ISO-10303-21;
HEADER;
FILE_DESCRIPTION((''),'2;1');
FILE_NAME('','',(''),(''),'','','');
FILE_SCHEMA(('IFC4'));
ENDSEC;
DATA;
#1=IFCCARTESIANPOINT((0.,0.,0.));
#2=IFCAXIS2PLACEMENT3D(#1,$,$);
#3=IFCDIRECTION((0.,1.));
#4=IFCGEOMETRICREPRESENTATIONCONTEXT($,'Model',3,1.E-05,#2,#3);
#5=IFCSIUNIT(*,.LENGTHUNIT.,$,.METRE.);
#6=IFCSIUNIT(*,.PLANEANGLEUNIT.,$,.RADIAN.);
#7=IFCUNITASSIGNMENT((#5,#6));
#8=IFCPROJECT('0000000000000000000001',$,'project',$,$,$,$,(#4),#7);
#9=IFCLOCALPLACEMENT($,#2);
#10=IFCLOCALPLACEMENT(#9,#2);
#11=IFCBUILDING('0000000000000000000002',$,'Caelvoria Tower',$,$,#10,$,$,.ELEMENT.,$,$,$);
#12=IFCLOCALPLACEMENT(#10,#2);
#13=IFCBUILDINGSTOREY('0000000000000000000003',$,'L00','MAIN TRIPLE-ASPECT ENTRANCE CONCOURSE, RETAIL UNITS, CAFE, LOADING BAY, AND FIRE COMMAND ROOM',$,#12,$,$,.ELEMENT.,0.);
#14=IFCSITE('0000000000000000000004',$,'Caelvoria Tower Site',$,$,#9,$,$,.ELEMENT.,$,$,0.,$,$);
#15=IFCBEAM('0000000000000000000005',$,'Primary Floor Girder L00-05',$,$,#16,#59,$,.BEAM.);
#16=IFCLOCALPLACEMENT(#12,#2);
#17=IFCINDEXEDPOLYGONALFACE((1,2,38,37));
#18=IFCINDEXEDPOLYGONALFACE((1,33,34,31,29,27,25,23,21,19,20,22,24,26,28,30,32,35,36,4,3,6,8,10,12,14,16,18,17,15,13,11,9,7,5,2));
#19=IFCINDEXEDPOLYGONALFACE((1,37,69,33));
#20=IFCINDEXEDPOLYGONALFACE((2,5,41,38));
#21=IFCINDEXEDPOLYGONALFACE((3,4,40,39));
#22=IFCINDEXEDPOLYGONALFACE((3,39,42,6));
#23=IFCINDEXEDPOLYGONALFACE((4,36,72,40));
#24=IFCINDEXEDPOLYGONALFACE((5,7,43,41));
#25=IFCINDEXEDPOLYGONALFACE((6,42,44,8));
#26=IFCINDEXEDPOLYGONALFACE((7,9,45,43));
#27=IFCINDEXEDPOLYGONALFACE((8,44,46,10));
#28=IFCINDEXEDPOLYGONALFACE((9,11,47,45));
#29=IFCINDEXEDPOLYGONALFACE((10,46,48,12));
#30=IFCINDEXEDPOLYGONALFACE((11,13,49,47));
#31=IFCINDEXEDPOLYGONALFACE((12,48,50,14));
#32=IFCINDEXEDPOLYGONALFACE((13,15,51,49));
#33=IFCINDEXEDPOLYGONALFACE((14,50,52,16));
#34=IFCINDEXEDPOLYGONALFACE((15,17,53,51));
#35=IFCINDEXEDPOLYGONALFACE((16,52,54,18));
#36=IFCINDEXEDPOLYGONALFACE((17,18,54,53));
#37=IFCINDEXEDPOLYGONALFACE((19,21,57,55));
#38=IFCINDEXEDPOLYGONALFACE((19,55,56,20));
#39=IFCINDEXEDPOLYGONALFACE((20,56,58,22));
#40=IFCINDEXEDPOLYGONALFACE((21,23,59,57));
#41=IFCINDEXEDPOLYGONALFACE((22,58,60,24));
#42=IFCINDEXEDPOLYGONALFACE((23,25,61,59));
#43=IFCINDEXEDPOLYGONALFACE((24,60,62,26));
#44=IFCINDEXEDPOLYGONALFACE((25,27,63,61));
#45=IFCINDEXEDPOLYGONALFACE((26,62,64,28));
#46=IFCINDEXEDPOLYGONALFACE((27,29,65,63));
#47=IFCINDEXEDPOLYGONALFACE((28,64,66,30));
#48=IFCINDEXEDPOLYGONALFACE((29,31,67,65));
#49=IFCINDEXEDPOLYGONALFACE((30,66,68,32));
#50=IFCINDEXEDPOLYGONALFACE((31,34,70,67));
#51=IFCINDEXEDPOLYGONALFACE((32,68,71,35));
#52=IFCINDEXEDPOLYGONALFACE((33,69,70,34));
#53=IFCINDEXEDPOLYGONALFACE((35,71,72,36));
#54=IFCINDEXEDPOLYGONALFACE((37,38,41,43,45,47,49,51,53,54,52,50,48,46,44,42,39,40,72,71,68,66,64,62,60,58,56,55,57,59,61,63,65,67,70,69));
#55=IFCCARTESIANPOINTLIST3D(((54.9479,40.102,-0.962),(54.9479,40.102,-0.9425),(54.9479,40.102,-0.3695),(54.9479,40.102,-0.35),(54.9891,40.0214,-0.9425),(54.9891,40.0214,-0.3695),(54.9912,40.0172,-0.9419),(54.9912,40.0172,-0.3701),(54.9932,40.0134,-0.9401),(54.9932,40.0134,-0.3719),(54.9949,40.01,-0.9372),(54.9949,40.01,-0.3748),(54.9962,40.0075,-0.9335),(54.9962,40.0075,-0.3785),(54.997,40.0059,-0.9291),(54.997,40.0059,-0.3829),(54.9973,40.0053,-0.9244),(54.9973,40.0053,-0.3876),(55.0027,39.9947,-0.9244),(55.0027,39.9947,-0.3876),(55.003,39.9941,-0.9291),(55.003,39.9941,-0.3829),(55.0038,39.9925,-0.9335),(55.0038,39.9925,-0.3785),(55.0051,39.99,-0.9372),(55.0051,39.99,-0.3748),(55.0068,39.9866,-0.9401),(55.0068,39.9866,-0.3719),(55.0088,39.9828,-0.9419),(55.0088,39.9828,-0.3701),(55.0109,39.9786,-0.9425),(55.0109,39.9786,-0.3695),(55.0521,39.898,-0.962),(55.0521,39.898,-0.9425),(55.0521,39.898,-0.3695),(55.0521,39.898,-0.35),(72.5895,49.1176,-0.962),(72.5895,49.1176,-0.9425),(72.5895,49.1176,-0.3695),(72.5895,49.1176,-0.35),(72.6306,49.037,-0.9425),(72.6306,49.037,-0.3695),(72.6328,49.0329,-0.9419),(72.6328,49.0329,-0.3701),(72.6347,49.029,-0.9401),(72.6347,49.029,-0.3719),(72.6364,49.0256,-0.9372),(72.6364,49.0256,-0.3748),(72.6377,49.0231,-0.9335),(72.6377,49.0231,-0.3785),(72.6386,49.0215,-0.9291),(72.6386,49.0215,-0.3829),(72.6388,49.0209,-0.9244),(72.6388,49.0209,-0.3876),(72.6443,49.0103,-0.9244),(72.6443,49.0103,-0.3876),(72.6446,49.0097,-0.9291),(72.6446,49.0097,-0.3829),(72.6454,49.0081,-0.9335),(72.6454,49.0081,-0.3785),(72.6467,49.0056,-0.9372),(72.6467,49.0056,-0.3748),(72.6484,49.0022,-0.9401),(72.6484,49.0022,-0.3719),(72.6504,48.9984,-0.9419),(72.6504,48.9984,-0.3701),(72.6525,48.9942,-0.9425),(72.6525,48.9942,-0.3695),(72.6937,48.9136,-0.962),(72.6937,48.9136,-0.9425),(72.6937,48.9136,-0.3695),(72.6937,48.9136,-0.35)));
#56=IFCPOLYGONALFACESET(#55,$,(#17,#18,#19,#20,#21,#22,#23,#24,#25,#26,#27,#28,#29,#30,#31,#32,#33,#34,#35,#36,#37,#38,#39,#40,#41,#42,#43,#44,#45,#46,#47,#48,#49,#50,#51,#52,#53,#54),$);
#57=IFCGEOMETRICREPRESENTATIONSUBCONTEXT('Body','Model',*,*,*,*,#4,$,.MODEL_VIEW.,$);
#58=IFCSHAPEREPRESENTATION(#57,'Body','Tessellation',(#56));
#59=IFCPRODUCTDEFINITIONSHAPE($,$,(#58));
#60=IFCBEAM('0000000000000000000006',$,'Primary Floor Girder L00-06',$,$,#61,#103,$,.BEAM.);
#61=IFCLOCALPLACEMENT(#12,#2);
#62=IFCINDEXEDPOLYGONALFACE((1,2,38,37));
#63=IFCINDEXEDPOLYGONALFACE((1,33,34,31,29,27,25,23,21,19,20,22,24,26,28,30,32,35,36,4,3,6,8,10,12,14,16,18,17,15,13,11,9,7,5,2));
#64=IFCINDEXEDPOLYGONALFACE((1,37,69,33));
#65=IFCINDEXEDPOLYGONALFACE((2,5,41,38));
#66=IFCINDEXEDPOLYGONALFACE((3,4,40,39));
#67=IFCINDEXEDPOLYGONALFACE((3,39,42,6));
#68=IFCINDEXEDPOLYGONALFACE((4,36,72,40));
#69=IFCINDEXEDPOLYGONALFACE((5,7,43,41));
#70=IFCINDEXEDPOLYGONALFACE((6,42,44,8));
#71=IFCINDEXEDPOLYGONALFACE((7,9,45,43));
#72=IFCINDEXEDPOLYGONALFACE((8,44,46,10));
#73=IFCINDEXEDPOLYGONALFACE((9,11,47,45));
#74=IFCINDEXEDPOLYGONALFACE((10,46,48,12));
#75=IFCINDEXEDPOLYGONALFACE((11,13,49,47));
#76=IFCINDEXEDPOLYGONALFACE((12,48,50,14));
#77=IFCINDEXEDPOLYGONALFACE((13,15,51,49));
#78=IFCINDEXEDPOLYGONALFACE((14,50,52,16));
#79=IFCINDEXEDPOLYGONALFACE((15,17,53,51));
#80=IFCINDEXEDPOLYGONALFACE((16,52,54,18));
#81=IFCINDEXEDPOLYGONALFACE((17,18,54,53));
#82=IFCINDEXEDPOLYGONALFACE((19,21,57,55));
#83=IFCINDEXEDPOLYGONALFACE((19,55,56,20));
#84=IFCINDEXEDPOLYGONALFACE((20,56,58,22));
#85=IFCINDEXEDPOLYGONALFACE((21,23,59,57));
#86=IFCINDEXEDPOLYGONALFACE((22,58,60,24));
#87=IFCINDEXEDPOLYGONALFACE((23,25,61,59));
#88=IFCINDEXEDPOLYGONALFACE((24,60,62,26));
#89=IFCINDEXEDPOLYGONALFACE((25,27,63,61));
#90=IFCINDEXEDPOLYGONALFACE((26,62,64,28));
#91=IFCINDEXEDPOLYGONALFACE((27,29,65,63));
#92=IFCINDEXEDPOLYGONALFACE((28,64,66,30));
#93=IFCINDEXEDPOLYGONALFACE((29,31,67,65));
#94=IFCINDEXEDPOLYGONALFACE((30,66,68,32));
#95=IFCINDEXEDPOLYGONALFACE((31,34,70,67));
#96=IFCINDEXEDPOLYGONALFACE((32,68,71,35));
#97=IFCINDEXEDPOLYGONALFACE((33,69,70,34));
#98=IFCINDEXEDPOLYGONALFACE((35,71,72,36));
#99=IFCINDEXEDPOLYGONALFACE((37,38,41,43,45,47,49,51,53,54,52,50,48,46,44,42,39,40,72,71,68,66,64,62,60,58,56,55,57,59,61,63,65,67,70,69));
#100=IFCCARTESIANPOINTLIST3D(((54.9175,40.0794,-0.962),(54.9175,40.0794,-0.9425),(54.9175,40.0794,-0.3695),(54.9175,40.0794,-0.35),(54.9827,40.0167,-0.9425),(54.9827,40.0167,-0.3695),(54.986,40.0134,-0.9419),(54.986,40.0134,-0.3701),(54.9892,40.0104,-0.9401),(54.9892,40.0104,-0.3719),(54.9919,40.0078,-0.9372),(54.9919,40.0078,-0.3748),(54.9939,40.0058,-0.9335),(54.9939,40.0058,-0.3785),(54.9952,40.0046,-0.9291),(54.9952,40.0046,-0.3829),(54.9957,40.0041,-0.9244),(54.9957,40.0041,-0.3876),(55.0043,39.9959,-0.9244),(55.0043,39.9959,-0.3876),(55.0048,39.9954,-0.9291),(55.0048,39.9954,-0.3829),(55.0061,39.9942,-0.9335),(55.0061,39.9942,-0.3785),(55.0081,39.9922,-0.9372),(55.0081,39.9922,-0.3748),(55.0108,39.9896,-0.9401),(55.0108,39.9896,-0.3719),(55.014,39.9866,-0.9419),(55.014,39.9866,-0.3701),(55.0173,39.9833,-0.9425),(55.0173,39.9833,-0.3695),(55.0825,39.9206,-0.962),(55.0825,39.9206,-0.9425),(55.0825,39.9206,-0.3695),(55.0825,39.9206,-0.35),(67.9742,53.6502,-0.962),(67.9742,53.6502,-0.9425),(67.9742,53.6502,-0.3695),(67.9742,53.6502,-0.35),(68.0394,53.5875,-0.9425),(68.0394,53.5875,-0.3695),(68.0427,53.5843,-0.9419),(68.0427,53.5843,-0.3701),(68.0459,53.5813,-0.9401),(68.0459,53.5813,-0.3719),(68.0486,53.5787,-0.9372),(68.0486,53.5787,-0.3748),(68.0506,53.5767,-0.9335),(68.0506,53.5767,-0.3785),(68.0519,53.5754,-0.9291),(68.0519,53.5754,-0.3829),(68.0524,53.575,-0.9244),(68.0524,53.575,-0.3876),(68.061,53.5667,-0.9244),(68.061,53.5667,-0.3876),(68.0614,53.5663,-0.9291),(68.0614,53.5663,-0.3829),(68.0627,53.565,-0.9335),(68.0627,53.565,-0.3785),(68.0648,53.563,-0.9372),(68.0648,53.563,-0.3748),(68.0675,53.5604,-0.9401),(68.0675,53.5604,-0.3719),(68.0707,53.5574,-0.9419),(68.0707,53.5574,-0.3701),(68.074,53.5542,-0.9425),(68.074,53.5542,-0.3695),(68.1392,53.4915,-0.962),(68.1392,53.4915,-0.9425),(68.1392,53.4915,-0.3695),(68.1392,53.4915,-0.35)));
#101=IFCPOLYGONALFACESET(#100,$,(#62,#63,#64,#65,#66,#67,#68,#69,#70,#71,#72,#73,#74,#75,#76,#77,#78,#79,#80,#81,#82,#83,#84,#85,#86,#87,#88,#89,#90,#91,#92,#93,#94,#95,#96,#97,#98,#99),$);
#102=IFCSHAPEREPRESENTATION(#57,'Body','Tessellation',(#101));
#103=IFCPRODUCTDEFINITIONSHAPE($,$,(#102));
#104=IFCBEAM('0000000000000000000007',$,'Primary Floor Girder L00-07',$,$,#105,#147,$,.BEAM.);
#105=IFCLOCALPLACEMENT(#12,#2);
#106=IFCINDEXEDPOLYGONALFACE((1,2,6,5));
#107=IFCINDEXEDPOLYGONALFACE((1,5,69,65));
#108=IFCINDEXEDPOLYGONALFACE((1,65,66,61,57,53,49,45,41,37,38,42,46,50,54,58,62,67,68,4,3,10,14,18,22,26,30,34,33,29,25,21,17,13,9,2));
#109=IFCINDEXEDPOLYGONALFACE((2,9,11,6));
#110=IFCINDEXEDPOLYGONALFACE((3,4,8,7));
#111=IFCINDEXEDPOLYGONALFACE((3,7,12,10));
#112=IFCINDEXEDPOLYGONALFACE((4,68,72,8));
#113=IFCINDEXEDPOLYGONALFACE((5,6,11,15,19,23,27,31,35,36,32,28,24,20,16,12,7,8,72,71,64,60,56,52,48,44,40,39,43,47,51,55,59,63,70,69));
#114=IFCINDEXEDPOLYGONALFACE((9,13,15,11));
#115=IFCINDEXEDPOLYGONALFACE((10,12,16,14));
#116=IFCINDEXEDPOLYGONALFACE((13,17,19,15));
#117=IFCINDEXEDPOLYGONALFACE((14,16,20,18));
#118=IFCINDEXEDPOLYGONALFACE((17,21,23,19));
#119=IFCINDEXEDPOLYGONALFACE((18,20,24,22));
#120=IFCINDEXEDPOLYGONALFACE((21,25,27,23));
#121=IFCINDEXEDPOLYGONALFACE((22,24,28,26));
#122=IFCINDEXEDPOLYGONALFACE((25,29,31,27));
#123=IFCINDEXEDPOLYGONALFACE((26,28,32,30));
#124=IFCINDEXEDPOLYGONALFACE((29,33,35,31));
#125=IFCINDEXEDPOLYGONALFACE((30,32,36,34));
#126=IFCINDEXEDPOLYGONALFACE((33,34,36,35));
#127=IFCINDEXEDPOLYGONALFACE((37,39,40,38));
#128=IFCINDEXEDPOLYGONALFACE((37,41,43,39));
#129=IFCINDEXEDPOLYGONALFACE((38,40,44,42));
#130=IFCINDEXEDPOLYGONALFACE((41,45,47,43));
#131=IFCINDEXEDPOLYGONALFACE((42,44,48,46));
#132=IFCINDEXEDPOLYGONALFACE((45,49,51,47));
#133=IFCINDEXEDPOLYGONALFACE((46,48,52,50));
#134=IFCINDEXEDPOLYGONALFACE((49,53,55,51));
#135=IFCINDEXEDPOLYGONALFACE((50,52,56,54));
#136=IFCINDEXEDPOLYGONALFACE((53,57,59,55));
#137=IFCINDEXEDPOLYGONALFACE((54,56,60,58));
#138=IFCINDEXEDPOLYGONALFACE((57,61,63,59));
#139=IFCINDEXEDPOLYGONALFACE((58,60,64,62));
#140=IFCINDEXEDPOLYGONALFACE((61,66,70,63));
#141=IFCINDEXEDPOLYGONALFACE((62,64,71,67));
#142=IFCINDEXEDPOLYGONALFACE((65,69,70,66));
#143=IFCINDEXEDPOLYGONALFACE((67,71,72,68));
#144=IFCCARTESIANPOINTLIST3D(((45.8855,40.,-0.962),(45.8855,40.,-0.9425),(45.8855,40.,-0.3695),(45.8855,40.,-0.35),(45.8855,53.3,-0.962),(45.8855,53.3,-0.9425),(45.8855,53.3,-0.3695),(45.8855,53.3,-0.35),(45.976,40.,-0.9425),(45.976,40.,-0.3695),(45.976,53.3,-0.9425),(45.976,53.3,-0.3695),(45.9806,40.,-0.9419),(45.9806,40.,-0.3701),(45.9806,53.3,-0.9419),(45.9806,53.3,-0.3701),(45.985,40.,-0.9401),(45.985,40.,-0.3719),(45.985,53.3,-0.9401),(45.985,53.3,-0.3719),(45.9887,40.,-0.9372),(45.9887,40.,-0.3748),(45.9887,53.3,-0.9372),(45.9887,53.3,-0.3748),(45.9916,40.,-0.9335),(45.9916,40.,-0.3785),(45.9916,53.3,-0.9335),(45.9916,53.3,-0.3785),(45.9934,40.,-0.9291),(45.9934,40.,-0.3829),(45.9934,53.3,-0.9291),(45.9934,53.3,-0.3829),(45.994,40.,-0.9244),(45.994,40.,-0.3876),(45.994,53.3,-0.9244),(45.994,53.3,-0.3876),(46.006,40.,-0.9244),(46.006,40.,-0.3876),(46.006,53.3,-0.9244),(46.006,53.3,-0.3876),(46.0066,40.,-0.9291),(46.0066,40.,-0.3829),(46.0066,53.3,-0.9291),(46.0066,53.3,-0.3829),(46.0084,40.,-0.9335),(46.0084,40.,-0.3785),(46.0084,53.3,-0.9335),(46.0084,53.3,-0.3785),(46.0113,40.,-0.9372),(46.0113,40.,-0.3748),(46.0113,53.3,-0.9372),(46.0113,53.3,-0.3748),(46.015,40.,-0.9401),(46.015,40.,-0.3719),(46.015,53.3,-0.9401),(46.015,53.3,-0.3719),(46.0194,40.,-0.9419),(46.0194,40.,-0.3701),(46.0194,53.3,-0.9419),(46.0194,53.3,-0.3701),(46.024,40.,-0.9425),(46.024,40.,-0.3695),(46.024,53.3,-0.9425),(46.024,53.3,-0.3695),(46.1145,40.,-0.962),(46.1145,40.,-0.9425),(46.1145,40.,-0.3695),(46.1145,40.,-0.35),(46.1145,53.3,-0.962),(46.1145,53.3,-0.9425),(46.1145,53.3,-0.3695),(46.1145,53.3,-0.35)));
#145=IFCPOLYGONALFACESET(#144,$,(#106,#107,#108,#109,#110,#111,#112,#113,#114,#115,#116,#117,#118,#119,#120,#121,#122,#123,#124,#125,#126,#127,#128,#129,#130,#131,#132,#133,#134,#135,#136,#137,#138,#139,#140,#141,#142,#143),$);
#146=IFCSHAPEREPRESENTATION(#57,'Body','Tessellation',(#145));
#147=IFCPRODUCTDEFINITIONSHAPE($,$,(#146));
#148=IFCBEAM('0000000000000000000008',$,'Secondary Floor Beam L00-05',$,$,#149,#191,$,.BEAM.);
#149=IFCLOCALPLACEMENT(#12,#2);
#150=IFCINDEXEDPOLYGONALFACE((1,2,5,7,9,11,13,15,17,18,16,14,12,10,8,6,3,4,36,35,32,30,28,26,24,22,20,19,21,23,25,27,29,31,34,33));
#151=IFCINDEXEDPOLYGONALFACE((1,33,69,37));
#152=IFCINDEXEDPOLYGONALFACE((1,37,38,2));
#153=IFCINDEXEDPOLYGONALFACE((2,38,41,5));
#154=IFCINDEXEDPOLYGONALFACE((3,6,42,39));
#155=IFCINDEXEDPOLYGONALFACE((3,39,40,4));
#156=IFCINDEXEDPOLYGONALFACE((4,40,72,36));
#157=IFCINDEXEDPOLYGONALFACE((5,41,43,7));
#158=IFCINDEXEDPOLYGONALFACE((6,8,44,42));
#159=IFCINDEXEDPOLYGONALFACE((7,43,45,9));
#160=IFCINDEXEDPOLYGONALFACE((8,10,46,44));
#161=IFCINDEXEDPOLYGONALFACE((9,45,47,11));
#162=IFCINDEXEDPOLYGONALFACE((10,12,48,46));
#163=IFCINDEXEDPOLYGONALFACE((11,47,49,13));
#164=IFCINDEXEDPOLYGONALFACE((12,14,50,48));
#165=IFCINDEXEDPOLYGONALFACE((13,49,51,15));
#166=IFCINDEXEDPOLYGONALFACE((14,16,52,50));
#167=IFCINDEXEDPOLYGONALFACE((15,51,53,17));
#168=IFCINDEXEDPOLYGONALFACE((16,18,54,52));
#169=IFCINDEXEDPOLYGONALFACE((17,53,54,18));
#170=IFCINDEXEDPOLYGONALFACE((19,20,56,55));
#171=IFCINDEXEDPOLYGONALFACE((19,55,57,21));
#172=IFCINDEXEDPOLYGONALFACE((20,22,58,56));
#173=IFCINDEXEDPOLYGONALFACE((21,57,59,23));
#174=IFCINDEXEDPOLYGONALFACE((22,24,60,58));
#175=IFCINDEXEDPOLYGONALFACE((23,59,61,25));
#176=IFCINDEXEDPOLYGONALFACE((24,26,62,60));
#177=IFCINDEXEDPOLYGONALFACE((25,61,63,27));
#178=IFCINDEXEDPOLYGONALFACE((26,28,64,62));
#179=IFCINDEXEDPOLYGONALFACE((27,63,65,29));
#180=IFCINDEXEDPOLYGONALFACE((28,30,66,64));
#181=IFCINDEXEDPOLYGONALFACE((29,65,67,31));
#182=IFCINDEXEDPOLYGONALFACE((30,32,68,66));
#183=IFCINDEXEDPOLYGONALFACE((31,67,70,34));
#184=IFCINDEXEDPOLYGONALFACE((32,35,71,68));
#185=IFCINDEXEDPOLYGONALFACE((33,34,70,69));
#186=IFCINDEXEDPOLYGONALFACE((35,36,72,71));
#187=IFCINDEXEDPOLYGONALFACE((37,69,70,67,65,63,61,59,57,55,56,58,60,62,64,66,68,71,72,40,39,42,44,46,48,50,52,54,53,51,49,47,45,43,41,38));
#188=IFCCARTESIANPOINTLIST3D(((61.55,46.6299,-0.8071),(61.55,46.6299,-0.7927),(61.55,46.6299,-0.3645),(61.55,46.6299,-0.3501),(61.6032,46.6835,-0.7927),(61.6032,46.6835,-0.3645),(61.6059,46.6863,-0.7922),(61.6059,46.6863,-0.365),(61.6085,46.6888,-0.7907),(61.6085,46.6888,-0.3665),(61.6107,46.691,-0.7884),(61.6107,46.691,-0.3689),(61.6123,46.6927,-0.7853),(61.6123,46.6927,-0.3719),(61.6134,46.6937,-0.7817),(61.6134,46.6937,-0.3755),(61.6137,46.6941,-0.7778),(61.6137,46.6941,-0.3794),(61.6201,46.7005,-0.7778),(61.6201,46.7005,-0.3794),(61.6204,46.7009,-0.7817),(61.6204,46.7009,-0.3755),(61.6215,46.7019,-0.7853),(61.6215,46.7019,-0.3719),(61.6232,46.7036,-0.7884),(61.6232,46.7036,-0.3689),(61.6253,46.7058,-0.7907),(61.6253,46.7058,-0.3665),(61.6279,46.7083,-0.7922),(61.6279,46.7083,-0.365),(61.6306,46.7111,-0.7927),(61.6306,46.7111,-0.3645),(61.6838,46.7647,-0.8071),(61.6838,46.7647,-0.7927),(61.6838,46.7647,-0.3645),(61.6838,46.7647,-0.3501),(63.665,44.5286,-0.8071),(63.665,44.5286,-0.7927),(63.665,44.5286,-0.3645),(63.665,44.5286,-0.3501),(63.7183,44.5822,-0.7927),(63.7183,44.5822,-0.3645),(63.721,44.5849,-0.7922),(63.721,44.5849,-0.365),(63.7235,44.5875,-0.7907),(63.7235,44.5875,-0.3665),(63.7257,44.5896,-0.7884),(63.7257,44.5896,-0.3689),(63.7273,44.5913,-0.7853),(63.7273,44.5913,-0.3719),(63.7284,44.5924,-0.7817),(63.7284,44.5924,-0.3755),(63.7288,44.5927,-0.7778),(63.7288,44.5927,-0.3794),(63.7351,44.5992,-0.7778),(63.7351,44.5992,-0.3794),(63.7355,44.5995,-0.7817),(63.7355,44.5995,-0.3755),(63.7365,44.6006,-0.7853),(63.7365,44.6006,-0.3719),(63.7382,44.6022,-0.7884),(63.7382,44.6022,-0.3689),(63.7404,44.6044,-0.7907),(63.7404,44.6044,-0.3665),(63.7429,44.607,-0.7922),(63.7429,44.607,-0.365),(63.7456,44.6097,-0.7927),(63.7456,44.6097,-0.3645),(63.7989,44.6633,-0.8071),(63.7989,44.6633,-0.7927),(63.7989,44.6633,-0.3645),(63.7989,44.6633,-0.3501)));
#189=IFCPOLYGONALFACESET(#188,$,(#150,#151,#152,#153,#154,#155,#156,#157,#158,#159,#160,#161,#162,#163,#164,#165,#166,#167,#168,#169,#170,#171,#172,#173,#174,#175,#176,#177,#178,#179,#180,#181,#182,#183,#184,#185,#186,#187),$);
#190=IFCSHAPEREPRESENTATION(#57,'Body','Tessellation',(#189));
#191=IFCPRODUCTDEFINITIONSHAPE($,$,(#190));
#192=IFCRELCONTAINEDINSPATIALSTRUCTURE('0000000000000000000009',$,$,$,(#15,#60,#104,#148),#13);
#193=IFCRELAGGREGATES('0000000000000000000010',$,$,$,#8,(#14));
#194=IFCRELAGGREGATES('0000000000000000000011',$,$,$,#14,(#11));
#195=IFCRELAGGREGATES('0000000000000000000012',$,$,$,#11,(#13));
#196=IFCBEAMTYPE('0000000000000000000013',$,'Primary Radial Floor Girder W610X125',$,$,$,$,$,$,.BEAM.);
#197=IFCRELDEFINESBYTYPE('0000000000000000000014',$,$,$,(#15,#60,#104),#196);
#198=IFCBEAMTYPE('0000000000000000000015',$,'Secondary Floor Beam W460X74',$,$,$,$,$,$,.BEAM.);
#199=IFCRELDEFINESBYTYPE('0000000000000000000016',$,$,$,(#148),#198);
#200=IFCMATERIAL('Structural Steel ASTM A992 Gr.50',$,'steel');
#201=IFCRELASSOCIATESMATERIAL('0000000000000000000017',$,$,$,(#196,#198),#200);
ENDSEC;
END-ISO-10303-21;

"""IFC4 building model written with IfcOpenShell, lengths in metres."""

from ifc_helpers import new_model, si_unit, direction, frame, origin, origin_2d, place, context, subcontext, project, spatial, i_section, extrude, material, material_profile, profile_set, type_object, element, save


model = new_model("IFC4")

# Units and contexts
model_context = context("Model", 3, precision=1e-05, world=origin(), true_north=direction((0.0, 1.0)))
body_context = subcontext(model_context, "Body", "Model", "MODEL_VIEW")
ifc_project = project(units=[si_unit("LENGTHUNIT", "METRE"), si_unit("PLANEANGLEUNIT", "RADIAN")], contexts=[model_context])

# Site, building, storey
site_placement = place(None, origin())
site = spatial("IfcSite", under=ifc_project, at=site_placement, Name="Caelvoria Tower Site", CompositionType="ELEMENT", RefElevation=0.0)
building_placement = place(site_placement, origin())
building = spatial("IfcBuilding", under=site, at=building_placement, Name="Caelvoria Tower", CompositionType="ELEMENT")
storey_placement = place(building_placement, origin())
storey = spatial("IfcBuildingStorey", under=building, at=storey_placement, Name="L00", Description="MAIN TRIPLE-ASPECT ENTRANCE CONCOURSE, RETAIL UNITS, CAFE, LOADING BAY, AND FIRE COMMAND ROOM", CompositionType="ELEMENT", Elevation=0.0)

# Beams
ifc_material_1 = material(Name="Structural Steel ASTM A992 Gr.50", Category="steel")
ifc_material_profile_1 = material_profile(ifc_material_1, i_section(OverallWidth=0.229, OverallDepth=0.6121, WebThickness=0.012, FlangeThickness=0.0195, FilletRadius=0.0181, at=origin_2d()), Name="Structural Steel ASTM A992 Gr.50")
ifc_profile_set_1 = profile_set([ifc_material_profile_1], Name="W610X125 - Structural Steel ASTM A992 Gr.50")
beam_type_1 = type_object("IfcBeamType", Name="Primary Radial Floor Girder W610X125", PredefinedType="BEAM", material=ifc_profile_set_1)
beam_1_placement = place(storey_placement, frame((55.0, 40.0, -0.656), z_axis=(0.890459, 0.455063, 0.0), x_axis=(-0.455063, 0.890459, 0.0)))
element("IfcBeam", 1, at=beam_1_placement, inside=storey, type_object=beam_type_1, Name="Primary Floor Girder L00-05", PredefinedType="BEAM", context=body_context, shape_type="SweptSolid", body=[
    extrude(i_section(OverallWidth=0.229, OverallDepth=0.6121, WebThickness=0.012, FlangeThickness=0.0195, FilletRadius=0.0181, at=origin_2d()), origin(), (0.0, 0.0, 1.0), 19.8118),
])
beam_2_placement = place(storey_placement, frame((55.0, 40.0, -0.656), z_axis=(0.693324, 0.720626, 0.0), x_axis=(-0.720626, 0.693324, 0.0)))
element("IfcBeam", 2, at=beam_2_placement, inside=storey, type_object=beam_type_1, Name="Primary Floor Girder L00-06", PredefinedType="BEAM", context=body_context, shape_type="SweptSolid", body=[
    extrude(i_section(OverallWidth=0.229, OverallDepth=0.6121, WebThickness=0.012, FlangeThickness=0.0195, FilletRadius=0.0181, at=origin_2d()), origin(), (0.0, 0.0, 1.0), 18.832),
])
beam_3_placement = place(storey_placement, frame((46.0, 40.0, -0.656), z_axis=(0.0, 1.0, 0.0), x_axis=(-1.0, 0.0, 0.0)))
element("IfcBeam", 3, at=beam_3_placement, inside=storey, type_object=beam_type_1, Name="Primary Floor Girder L00-07", PredefinedType="BEAM", context=body_context, shape_type="SweptSolid", body=[
    extrude(i_section(OverallWidth=0.229, OverallDepth=0.6121, WebThickness=0.012, FlangeThickness=0.0195, FilletRadius=0.0181, at=origin_2d()), origin(), (0.0, 0.0, 1.0), 13.3),
])
ifc_material_profile_2 = material_profile(ifc_material_1, i_section(OverallWidth=0.1899, OverallDepth=0.457, WebThickness=0.009, FlangeThickness=0.0144, FilletRadius=0.0149, at=origin_2d()), Name="Structural Steel ASTM A992 Gr.50")
ifc_profile_set_2 = profile_set([ifc_material_profile_2], Name="W460X74 - Structural Steel ASTM A992 Gr.50")
beam_type_2 = type_object("IfcBeamType", Name="Secondary Floor Beam W460X74", PredefinedType="BEAM", material=ifc_profile_set_2)
beam_4_placement = place(storey_placement, frame((63.7319, 44.5959, -0.5786), z_axis=(-0.709396, 0.70481, 0.0), x_axis=(-0.70481, -0.709396, 0.0)))
element("IfcBeam", 4, at=beam_4_placement, inside=storey, type_object=beam_type_2, Name="Secondary Floor Beam L00-05", PredefinedType="BEAM", context=body_context, shape_type="SweptSolid", body=[
    extrude(i_section(OverallWidth=0.1899, OverallDepth=0.457, WebThickness=0.009, FlangeThickness=0.0144, FilletRadius=0.0149, at=origin_2d()), origin(), (0.0, 0.0, 1.0), 2.9814),
])

save(model, "model.ifc")
